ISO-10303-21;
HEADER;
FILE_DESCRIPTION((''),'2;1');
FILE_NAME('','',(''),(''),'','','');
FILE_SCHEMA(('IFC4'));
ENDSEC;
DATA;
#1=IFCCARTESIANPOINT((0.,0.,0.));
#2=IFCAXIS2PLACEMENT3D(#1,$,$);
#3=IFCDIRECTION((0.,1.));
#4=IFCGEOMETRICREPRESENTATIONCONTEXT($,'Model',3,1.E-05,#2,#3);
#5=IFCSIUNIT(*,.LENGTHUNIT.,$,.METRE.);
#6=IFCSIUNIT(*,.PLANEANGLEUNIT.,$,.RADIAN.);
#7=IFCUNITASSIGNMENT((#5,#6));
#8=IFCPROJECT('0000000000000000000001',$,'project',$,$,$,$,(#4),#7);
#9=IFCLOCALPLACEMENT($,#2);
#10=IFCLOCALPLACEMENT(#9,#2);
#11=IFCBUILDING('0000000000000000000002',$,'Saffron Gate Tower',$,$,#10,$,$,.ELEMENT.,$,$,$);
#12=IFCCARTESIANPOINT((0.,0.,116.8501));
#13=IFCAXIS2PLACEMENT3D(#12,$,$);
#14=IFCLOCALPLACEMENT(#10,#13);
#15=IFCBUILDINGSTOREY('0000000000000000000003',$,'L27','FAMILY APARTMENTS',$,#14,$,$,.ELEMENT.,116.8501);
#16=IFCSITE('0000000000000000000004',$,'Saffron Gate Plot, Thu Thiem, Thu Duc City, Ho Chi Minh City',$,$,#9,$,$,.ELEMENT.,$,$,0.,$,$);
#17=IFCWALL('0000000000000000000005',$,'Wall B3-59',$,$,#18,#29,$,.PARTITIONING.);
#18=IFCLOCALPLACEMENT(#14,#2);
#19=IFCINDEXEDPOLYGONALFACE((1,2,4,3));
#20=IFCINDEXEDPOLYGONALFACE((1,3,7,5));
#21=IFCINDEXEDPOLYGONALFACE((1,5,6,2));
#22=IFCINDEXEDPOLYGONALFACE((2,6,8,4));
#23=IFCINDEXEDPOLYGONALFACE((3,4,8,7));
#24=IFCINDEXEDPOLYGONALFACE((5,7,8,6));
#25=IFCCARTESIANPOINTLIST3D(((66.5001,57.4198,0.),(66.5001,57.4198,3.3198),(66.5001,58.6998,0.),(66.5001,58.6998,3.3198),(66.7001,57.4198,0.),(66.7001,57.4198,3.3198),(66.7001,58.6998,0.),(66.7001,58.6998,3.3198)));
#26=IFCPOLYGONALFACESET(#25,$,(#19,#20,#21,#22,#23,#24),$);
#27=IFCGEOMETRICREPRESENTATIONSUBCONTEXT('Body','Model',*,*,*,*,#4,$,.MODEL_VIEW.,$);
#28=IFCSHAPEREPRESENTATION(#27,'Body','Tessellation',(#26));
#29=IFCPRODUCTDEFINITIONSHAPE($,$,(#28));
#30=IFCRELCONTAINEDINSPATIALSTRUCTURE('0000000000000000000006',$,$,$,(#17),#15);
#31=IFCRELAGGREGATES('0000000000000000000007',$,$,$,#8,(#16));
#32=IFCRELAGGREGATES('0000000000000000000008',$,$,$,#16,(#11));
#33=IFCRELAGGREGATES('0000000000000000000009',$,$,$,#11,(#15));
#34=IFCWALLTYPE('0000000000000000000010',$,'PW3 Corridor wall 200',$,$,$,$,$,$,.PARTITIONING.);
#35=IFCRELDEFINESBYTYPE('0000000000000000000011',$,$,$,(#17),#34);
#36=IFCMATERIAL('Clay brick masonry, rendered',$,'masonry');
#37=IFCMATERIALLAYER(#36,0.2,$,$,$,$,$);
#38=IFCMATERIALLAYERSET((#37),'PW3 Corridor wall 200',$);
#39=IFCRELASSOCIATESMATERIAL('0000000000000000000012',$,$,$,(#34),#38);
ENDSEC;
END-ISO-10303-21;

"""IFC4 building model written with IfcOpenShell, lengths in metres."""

from ifc_helpers import new_model, si_unit, direction, frame, frame_2d, origin, place, context, subcontext, project, spatial, rectangle, extrude, material, layer, layer_set, type_object, element, save


model = new_model("IFC4")

# Units and contexts
model_context = context("Model", 3, precision=1e-05, world=origin(), true_north=direction((0.0, 1.0)))
body_context = subcontext(model_context, "Body", "Model", "MODEL_VIEW")
ifc_project = project(units=[si_unit("LENGTHUNIT", "METRE"), si_unit("PLANEANGLEUNIT", "RADIAN")], contexts=[model_context])

# Site, building, storey
site_placement = place(None, origin())
site = spatial("IfcSite", under=ifc_project, at=site_placement, Name="Saffron Gate Plot, Thu Thiem, Thu Duc City, Ho Chi Minh City", CompositionType="ELEMENT", RefElevation=0.0)
building_placement = place(site_placement, origin())
building = spatial("IfcBuilding", under=site, at=building_placement, Name="Saffron Gate Tower", CompositionType="ELEMENT")
storey_placement = place(building_placement, frame((0.0, 0.0, 116.8501)))
storey = spatial("IfcBuildingStorey", under=building, at=storey_placement, Name="L27", Description="FAMILY APARTMENTS", CompositionType="ELEMENT", Elevation=116.8501)

# Wall
ifc_material_1 = material(Name="Clay brick masonry, rendered", Category="masonry")
ifc_layer_1 = layer(ifc_material_1, 0.2)
ifc_layer_set_1 = layer_set([ifc_layer_1], Name="PW3 Corridor wall 200")
wall_type_1 = type_object("IfcWallType", Name="PW3 Corridor wall 200", PredefinedType="PARTITIONING", material=ifc_layer_set_1)
wall_1_placement = place(storey_placement, frame((66.6001, 58.7, 0.0), z_axis=(0.0, 0.0, 1.0), x_axis=(0.0, -1.0, 0.0)))
element("IfcWall", 1, at=wall_1_placement, inside=storey, type_object=wall_type_1, Name="Wall B3-59", PredefinedType="PARTITIONING", context=body_context, shape_type="SweptSolid", body=[
    extrude(rectangle(XDim=1.28, YDim=0.2, at=frame_2d((0.6401, 0.0))), origin(), (0.0, 0.0, 1.0), 3.3198),
])

save(model, "model.ifc")
